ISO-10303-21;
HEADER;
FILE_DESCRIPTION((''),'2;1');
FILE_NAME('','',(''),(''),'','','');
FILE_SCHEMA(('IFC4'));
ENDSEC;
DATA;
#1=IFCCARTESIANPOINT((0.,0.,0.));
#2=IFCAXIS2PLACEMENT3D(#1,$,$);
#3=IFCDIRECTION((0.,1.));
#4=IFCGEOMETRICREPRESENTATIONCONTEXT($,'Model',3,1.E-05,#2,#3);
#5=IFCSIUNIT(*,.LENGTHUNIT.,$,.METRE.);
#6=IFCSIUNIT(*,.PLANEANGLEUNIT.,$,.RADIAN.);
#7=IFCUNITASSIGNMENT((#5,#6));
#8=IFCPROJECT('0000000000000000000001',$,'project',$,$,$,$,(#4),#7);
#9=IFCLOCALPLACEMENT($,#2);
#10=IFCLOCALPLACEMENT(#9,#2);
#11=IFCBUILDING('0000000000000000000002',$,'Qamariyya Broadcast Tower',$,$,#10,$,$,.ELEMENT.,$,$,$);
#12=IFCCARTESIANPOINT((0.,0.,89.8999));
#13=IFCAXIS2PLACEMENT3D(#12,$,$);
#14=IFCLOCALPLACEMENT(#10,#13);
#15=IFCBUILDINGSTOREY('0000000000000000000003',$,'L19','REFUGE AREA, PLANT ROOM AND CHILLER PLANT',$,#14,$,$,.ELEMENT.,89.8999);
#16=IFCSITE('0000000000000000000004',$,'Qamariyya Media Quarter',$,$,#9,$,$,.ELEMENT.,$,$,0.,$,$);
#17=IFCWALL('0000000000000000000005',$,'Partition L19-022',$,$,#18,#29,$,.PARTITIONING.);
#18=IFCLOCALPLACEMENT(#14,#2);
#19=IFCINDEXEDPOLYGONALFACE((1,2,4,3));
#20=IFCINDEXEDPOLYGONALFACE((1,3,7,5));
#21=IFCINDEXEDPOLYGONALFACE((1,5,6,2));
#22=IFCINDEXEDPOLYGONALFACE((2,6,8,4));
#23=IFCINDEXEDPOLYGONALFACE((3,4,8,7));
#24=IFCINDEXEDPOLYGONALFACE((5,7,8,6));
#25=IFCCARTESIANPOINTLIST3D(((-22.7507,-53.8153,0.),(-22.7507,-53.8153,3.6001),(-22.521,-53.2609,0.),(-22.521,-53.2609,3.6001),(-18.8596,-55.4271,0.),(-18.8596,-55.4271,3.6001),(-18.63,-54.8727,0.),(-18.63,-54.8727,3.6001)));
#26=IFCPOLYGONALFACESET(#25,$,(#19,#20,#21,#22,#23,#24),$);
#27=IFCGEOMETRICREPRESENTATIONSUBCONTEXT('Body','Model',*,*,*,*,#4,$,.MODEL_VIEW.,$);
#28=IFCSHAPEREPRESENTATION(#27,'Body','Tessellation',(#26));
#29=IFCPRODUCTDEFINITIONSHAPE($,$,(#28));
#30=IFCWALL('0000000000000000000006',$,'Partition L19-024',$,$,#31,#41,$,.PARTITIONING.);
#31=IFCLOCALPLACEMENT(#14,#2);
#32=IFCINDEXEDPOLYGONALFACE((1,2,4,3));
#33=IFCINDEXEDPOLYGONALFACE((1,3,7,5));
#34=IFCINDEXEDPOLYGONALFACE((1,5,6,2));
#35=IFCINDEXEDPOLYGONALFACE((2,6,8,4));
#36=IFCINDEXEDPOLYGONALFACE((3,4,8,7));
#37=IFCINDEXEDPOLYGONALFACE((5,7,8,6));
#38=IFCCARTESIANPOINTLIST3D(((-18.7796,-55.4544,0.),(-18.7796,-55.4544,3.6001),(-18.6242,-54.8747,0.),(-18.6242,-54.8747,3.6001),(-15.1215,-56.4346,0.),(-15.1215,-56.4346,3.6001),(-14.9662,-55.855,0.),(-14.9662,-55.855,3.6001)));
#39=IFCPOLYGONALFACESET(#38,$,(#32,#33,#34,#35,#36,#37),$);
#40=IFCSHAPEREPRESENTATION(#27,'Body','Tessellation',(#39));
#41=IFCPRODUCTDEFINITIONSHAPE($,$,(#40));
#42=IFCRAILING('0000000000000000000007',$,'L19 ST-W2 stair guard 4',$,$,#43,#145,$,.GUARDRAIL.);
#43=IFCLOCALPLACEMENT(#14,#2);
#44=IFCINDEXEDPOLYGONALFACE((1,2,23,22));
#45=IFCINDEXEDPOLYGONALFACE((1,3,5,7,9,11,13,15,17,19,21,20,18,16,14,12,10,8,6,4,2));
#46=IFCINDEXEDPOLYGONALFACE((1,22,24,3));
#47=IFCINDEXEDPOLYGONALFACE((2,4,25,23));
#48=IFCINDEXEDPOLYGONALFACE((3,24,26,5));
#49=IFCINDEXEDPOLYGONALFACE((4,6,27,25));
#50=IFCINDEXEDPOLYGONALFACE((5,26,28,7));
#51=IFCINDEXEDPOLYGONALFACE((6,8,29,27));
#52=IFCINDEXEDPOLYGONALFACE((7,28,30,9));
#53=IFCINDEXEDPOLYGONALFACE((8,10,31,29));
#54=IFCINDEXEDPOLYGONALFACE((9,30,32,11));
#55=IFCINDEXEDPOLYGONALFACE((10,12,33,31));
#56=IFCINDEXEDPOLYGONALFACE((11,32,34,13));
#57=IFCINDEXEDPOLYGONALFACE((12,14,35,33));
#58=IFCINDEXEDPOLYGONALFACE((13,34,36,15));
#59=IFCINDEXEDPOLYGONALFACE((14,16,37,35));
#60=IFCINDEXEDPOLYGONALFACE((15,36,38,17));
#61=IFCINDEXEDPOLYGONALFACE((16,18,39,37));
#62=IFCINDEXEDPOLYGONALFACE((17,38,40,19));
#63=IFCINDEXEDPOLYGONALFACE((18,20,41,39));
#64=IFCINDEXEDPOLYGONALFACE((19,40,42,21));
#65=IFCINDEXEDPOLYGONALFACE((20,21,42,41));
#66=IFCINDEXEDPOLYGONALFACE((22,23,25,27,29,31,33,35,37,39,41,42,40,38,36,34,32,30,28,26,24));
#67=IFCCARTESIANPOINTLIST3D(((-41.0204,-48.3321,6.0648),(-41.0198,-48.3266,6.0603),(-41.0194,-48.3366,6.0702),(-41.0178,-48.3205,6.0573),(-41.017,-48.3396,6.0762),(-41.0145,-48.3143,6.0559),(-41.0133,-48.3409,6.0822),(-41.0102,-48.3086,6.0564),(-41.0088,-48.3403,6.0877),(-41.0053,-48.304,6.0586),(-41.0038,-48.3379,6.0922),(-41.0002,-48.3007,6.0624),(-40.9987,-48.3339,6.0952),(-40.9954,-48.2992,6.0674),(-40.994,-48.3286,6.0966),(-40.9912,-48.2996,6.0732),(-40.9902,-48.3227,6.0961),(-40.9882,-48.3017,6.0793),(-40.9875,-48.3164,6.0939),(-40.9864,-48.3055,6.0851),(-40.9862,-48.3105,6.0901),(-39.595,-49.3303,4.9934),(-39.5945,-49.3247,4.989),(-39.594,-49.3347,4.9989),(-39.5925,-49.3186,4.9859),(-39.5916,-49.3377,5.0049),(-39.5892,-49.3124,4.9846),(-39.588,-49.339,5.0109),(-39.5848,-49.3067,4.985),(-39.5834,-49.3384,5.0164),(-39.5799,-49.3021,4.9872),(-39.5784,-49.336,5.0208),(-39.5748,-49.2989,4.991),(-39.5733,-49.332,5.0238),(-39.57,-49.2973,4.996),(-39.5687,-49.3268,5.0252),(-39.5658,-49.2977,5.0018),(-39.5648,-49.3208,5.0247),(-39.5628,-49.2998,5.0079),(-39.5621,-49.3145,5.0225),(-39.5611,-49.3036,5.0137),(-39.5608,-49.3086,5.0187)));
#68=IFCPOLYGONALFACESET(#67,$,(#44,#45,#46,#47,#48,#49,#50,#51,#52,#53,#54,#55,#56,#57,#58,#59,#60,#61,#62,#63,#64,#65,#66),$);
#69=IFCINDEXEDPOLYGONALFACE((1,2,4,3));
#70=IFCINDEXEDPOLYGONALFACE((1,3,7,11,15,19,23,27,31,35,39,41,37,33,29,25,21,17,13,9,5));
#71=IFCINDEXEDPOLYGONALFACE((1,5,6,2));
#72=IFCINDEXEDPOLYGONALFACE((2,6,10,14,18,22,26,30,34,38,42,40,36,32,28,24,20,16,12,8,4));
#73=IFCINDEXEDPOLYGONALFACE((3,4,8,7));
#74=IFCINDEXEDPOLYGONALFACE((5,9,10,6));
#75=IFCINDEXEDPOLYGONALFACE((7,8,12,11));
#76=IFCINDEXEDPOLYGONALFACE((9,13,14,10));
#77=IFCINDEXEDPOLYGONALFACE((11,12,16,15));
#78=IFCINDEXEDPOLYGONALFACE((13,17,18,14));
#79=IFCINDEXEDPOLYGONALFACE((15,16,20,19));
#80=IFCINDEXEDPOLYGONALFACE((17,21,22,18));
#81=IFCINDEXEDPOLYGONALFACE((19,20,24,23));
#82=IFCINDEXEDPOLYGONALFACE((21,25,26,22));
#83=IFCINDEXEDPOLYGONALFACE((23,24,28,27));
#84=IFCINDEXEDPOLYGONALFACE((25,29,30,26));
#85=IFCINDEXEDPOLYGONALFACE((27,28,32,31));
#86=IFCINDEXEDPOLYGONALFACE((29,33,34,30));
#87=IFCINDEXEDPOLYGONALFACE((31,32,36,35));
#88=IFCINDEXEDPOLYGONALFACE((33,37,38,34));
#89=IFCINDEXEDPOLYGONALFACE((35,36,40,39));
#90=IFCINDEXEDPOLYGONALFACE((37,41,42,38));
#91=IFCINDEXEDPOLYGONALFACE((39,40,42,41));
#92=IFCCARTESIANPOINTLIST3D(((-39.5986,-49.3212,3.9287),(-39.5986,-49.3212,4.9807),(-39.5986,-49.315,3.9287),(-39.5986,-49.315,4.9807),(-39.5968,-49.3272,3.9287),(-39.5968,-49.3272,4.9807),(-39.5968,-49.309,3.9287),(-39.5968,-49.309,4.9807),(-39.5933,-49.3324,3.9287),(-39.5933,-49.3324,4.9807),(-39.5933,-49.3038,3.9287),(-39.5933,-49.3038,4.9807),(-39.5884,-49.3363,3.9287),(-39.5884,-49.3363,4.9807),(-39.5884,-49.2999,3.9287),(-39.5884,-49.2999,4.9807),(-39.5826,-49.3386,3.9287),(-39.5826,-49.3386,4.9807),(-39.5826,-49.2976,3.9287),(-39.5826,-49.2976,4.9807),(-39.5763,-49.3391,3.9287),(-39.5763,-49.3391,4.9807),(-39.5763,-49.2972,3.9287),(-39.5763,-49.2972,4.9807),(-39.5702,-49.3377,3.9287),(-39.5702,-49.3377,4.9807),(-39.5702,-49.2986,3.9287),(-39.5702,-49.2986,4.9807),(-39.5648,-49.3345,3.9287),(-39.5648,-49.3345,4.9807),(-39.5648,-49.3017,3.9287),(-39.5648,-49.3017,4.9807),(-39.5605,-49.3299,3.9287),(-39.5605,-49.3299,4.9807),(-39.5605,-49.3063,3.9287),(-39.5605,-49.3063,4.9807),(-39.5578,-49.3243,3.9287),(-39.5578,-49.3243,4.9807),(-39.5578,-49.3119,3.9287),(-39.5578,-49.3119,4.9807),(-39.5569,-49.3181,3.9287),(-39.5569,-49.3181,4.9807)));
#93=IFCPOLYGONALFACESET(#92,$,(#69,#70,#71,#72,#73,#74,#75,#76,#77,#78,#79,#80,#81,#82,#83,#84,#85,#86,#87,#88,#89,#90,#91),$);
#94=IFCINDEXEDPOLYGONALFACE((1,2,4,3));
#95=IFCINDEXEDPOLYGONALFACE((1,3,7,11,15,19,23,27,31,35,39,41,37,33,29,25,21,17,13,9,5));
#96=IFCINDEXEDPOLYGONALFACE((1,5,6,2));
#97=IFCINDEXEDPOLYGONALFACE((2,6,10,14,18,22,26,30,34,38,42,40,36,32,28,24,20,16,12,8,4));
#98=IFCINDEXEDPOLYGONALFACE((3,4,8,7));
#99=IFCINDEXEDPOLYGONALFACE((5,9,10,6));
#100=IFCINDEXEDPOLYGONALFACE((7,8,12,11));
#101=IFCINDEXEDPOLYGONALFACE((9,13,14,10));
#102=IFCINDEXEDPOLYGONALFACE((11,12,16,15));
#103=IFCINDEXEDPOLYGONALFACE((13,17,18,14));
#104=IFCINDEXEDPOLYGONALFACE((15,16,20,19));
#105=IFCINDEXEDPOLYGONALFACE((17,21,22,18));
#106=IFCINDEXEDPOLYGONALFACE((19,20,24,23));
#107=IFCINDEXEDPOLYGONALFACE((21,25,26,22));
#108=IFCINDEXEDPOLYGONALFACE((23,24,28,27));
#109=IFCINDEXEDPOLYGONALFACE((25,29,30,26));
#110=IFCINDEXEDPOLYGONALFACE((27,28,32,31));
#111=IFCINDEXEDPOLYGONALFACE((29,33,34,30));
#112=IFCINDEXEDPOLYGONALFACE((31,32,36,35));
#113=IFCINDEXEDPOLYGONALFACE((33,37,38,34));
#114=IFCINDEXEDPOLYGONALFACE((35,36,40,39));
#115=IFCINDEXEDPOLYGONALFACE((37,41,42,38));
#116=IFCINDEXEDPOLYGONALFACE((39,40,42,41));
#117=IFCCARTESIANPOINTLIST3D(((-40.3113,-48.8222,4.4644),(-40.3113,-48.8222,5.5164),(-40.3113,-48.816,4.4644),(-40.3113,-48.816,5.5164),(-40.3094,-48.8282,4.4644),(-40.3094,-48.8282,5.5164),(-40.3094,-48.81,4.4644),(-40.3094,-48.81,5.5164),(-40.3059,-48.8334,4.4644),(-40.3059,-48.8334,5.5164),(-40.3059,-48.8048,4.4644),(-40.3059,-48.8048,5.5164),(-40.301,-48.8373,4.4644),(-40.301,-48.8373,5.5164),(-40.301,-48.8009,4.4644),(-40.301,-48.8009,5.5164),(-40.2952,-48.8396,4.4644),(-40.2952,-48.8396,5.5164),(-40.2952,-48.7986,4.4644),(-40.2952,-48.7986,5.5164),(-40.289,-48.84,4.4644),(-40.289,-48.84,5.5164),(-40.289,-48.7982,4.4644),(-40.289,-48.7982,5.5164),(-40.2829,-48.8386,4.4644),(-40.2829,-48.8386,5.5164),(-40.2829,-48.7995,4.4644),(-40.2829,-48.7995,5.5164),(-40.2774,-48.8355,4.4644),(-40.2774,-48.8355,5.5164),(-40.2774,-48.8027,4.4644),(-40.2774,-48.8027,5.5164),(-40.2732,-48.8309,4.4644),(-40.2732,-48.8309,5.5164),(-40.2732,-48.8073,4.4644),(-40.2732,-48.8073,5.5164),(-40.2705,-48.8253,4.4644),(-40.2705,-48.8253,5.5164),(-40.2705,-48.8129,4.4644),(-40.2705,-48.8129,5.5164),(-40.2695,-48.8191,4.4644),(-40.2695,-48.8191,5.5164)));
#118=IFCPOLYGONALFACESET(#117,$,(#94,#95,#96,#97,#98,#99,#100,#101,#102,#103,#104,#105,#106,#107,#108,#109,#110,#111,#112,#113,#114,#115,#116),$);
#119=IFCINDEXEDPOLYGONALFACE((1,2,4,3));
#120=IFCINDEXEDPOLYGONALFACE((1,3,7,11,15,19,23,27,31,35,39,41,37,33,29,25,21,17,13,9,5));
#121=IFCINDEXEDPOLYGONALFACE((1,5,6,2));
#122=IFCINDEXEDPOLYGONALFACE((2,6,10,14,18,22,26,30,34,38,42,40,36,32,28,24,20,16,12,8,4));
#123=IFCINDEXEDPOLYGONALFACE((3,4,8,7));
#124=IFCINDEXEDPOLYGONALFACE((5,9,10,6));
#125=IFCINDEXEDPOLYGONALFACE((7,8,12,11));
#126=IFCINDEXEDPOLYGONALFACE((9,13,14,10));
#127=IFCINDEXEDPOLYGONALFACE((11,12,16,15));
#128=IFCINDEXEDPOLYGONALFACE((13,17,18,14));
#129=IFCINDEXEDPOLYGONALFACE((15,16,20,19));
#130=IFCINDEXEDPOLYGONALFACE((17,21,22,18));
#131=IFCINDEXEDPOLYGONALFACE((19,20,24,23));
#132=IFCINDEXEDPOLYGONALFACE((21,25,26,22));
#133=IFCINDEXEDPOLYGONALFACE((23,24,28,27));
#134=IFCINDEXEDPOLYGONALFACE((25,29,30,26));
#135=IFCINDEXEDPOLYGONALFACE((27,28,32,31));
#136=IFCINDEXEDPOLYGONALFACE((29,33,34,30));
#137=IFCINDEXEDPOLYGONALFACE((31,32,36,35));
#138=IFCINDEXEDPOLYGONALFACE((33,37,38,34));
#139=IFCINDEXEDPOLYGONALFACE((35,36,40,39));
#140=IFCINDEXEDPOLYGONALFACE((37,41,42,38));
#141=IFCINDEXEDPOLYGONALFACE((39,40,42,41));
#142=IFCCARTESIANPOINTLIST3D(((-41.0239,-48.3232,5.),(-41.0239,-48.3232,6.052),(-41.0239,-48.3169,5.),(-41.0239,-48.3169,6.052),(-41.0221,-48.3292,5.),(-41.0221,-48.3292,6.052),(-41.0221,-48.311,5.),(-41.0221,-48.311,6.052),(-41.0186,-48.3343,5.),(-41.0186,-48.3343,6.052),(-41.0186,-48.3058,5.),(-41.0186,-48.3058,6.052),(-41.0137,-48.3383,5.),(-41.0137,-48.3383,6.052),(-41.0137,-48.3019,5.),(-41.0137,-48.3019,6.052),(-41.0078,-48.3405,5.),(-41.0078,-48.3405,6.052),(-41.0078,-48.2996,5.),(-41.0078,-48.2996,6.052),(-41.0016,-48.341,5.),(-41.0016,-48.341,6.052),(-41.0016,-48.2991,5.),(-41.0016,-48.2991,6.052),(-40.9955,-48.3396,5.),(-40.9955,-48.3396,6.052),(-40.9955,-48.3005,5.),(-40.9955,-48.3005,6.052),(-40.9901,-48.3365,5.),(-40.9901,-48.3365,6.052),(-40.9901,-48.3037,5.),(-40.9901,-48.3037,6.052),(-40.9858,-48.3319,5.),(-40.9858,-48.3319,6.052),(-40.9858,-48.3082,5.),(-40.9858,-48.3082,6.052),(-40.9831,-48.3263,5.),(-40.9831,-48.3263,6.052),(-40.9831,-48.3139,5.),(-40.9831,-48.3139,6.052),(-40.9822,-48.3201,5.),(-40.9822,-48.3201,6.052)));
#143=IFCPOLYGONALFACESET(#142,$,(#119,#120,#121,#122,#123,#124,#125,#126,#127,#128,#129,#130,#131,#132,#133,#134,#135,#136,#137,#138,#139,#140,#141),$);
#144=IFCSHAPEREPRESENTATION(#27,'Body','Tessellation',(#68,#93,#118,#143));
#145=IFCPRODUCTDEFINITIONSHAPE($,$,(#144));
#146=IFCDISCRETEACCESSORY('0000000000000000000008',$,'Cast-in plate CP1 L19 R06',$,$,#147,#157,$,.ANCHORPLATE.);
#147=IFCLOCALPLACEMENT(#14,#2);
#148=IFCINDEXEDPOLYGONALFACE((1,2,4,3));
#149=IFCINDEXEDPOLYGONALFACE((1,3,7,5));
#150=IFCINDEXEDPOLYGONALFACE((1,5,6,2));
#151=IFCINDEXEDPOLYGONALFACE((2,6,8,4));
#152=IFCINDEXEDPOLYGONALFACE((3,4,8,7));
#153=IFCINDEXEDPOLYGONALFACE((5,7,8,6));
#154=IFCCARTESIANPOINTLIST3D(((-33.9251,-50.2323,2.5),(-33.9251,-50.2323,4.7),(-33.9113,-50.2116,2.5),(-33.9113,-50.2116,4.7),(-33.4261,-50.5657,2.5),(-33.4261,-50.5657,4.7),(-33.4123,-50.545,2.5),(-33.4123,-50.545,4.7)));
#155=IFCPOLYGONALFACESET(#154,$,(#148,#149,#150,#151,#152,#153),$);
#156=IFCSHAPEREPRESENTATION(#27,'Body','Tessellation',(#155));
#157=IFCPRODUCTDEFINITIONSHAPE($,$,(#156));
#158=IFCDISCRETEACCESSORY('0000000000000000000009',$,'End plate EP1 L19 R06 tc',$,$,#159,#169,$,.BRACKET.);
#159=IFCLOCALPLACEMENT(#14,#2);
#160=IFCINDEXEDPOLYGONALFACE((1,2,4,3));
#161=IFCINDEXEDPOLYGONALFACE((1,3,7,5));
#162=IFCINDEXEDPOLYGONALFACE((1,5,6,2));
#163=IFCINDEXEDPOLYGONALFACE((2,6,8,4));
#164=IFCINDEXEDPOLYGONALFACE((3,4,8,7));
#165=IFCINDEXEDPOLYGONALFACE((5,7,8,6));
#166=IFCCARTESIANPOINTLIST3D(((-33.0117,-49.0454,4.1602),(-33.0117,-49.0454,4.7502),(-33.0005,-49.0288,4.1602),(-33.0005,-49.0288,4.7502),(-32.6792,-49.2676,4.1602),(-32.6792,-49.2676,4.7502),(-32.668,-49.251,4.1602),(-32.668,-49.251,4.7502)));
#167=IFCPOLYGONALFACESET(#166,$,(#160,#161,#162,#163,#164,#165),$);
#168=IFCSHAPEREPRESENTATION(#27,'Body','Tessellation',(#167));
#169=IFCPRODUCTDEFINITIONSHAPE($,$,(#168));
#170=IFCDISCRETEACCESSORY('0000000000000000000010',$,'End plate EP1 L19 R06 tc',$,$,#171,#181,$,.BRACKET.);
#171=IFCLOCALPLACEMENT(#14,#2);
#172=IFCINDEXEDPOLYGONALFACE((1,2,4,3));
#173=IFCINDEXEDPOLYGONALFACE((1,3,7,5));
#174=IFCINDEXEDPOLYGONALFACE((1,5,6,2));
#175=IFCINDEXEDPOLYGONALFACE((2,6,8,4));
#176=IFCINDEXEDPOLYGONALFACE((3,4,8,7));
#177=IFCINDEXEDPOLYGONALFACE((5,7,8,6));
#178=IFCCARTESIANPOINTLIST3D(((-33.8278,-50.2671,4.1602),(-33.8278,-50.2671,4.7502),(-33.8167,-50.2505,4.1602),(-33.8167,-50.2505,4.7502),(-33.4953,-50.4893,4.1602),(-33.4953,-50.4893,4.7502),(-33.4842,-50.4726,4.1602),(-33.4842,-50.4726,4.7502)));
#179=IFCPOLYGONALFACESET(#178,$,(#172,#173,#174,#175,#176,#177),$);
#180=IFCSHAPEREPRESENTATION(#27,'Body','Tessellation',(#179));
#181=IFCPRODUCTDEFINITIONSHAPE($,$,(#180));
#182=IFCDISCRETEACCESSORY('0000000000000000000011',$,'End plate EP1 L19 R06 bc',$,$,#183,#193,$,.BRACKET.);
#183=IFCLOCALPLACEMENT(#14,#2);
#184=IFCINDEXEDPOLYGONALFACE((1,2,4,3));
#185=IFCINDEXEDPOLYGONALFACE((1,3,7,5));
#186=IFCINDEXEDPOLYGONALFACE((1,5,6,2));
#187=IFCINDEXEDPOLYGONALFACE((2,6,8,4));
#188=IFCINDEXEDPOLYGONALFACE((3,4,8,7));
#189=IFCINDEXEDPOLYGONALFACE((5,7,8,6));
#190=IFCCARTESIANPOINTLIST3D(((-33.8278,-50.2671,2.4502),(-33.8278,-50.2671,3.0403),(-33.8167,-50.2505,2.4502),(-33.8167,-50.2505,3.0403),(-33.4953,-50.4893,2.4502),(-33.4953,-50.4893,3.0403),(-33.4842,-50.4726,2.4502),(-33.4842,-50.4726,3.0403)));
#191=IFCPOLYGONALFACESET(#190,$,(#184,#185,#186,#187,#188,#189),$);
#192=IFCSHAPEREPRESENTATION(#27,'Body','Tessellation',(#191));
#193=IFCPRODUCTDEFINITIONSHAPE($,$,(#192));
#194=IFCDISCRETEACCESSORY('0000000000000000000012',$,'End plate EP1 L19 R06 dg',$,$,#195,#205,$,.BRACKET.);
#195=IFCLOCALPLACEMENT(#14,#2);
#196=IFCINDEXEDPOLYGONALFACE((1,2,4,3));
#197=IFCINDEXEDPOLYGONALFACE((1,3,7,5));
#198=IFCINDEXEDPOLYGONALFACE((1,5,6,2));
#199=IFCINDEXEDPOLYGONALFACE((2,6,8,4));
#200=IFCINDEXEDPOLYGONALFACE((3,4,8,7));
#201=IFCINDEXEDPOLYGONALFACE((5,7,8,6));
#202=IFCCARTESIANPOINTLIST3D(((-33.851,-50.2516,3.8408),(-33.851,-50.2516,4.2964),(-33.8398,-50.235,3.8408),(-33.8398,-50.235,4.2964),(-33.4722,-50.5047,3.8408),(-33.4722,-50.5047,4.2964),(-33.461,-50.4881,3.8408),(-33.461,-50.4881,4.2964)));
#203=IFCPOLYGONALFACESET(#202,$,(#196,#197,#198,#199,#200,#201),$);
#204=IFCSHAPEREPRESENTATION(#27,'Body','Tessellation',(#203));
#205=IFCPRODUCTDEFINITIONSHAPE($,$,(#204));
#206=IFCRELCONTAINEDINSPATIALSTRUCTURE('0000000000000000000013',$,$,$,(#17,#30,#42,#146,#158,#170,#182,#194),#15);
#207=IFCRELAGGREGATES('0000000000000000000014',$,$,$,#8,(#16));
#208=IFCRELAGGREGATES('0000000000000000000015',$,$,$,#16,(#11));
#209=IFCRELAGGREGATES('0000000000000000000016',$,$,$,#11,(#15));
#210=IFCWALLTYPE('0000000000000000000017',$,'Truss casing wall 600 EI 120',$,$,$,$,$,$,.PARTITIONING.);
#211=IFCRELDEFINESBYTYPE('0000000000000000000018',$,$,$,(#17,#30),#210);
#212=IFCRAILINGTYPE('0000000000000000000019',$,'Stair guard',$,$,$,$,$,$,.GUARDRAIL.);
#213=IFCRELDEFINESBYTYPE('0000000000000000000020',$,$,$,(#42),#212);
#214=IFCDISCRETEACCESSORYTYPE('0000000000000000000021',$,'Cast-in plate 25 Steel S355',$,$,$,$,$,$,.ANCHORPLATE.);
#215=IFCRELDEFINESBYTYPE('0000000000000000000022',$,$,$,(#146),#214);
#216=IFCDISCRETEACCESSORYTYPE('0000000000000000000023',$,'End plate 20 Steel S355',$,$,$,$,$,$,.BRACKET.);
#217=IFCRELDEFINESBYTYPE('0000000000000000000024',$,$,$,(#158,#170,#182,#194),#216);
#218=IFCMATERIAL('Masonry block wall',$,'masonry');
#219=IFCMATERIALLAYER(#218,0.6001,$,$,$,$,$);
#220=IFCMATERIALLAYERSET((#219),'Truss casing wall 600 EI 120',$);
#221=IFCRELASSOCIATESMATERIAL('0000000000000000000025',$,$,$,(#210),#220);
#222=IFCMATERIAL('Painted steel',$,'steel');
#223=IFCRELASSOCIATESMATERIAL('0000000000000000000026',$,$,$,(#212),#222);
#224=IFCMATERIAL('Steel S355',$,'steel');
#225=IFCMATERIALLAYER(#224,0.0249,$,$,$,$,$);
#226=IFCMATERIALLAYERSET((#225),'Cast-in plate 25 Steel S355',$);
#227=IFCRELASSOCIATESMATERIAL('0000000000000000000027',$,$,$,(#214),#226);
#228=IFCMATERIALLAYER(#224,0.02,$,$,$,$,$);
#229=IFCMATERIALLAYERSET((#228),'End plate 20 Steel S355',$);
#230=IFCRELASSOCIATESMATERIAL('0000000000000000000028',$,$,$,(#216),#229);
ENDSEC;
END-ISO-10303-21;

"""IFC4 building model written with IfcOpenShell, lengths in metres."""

from ifc_helpers import new_model, si_unit, direction, frame, frame_2d, origin, origin_2d, place, context, subcontext, project, spatial, rectangle, circle, extrude, material, layer, layer_set, type_object, element, save


model = new_model("IFC4")

# Units and contexts
model_context = context("Model", 3, precision=1e-05, world=origin(), true_north=direction((0.0, 1.0)))
body_context = subcontext(model_context, "Body", "Model", "MODEL_VIEW")
ifc_project = project(units=[si_unit("LENGTHUNIT", "METRE"), si_unit("PLANEANGLEUNIT", "RADIAN")], contexts=[model_context])

# Site, building, storey
site_placement = place(None, origin())
site = spatial("IfcSite", under=ifc_project, at=site_placement, Name="Qamariyya Media Quarter", CompositionType="ELEMENT", RefElevation=0.0)
building_placement = place(site_placement, origin())
building = spatial("IfcBuilding", under=site, at=building_placement, Name="Qamariyya Broadcast Tower", CompositionType="ELEMENT")
storey_placement = place(building_placement, frame((0.0, 0.0, 89.8999)))
storey = spatial("IfcBuildingStorey", under=building, at=storey_placement, Name="L19", Description="REFUGE AREA, PLANT ROOM AND CHILLER PLANT", CompositionType="ELEMENT", Elevation=89.8999)

# Shared definitions
ifc_material_1 = material(Name="Steel S355", Category="steel")

# Walls
ifc_material_2 = material(Name="Masonry block wall", Category="masonry")
ifc_layer_1 = layer(ifc_material_2, 0.6001)
ifc_layer_set_1 = layer_set([ifc_layer_1], Name="Truss casing wall 600 EI 120")
wall_type_1 = type_object("IfcWallType", Name="Truss casing wall 600 EI 120", PredefinedType="PARTITIONING", material=ifc_layer_set_1)
wall_1_placement = place(storey_placement, frame((-22.636, -53.5381, 0.0), z_axis=(0.0, 0.0, 1.0), x_axis=(0.923874, -0.382697, 0.0)))
element("IfcWall", 1, at=wall_1_placement, inside=storey, type_object=wall_type_1, Name="Partition L19-022", PredefinedType="PARTITIONING", context=body_context, shape_type="SweptSolid", body=[
    extrude(rectangle(XDim=4.2117, YDim=0.6001, at=frame_2d((2.106, 0.0))), origin(), (0.0, 0.0, 1.0), 3.6001),
])
wall_2_placement = place(storey_placement, frame((-18.7019, -55.1646, 0.0), z_axis=(0.0, 0.0, 1.0), x_axis=(0.965921, -0.258838, 0.0)))
element("IfcWall", 2, at=wall_2_placement, inside=storey, type_object=wall_type_1, Name="Partition L19-024", PredefinedType="PARTITIONING", context=body_context, shape_type="SweptSolid", body=[
    extrude(rectangle(XDim=3.7871, YDim=0.6001, at=frame_2d((1.8936, 0.0))), origin(), (0.0, 0.0, 1.0), 3.6001),
])

# Railing
ifc_material_3 = material(Name="Painted steel", Category="steel")
railing_type = type_object("IfcRailingType", Name="Stair guard", PredefinedType="GUARDRAIL", material=ifc_material_3)
railing_1_placement = place(storey_placement, frame((-39.5779, -49.3181, 3.9287)))
element("IfcRailing", 3, at=railing_1_placement, inside=storey, type_object=railing_type, Name="L19 ST-W2 stair guard 4", PredefinedType="GUARDRAIL", context=body_context, shape_type="SweptSolid", body=[
    extrude(circle(Radius=0.0239, at=origin_2d()), frame((0.0, 0.0, 1.0762), z_axis=(-0.697533, 0.48844, 0.524285), x_axis=(-0.573594, -0.81914, 0.0)), (0.0, 0.0, 1.0), 2.0435),
    extrude(circle(Radius=0.021, at=origin_2d()), origin(), (0.0, 0.0, 1.0), 1.052),
    extrude(circle(Radius=0.021, at=origin_2d()), frame((-0.7126, 0.499, 0.5356)), (0.0, 0.0, 1.0), 1.052),
    extrude(circle(Radius=0.021, at=origin_2d()), frame((-1.4253, 0.998, 1.0713)), (0.0, 0.0, 1.0), 1.052),
])

# Discrete accessories
ifc_layer_2 = layer(ifc_material_1, 0.0249)
ifc_layer_set_2 = layer_set([ifc_layer_2], Name="Cast-in plate 25 Steel S355")
discrete_accessory_type_1 = type_object("IfcDiscreteAccessoryType", Name="Cast-in plate 25 Steel S355", PredefinedType="ANCHORPLATE", material=ifc_layer_set_2)
discrete_accessory_1_placement = place(storey_placement, frame((-33.6687, -50.3887, 2.5), z_axis=(0.0, 0.0, 1.0), x_axis=(-0.83147, 0.55557, 0.0)))
element("IfcDiscreteAccessory", 4, at=discrete_accessory_1_placement, inside=storey, type_object=discrete_accessory_type_1, Name="Cast-in plate CP1 L19 R06", PredefinedType="ANCHORPLATE", context=body_context, shape_type="SweptSolid", body=[
    extrude(rectangle(XDim=0.6001, YDim=0.0249, at=origin_2d()), origin(), (0.0, 0.0, 1.0), 2.2),
])
ifc_layer_3 = layer(ifc_material_1, 0.02)
ifc_layer_set_3 = layer_set([ifc_layer_3], Name="End plate 20 Steel S355")
discrete_accessory_type_2 = type_object("IfcDiscreteAccessoryType", Name="End plate 20 Steel S355", PredefinedType="BRACKET", material=ifc_layer_set_3)
for number, where, z_axis, x_axis, name in (
    (5, (-32.8398, -49.1482, 4.1602), (0.0, 0.0, 1.0), (-0.83147, 0.55557, 0.0), "End plate EP1 L19 R06 tc"),
    (6, (-33.656, -50.3699, 4.1602), (0.0, 0.0, 1.0), (-0.83147, 0.55557, 0.0), "End plate EP1 L19 R06 tc"),
    (7, (-33.656, -50.3699, 2.4502), (0.0, 0.0, 1.0), (-0.83147, 0.55557, 0.0), "End plate EP1 L19 R06 bc"),
):
    element("IfcDiscreteAccessory", number, at=place(storey_placement, frame(where, z_axis=z_axis, x_axis=x_axis)), inside=storey, type_object=discrete_accessory_type_2, Name=name, PredefinedType="BRACKET", context=body_context, shape_type="SweptSolid", body=[
        extrude(rectangle(XDim=0.3999, YDim=0.02, at=origin_2d()), origin(), (0.0, 0.0, 1.0), 0.5901),
    ])
discrete_accessory_2_placement = place(storey_placement, frame((-33.656, -50.3699, 3.8408), z_axis=(0.0, 0.0, 1.0), x_axis=(-0.83147, 0.55557, 0.0)))
element("IfcDiscreteAccessory", 8, at=discrete_accessory_2_placement, inside=storey, type_object=discrete_accessory_type_2, Name="End plate EP1 L19 R06 dg", PredefinedType="BRACKET", context=body_context, shape_type="SweptSolid", body=[
    extrude(rectangle(XDim=0.4556, YDim=0.02, at=origin_2d()), origin(), (0.0, 0.0, 1.0), 0.4556),
])

save(model, "model.ifc")
